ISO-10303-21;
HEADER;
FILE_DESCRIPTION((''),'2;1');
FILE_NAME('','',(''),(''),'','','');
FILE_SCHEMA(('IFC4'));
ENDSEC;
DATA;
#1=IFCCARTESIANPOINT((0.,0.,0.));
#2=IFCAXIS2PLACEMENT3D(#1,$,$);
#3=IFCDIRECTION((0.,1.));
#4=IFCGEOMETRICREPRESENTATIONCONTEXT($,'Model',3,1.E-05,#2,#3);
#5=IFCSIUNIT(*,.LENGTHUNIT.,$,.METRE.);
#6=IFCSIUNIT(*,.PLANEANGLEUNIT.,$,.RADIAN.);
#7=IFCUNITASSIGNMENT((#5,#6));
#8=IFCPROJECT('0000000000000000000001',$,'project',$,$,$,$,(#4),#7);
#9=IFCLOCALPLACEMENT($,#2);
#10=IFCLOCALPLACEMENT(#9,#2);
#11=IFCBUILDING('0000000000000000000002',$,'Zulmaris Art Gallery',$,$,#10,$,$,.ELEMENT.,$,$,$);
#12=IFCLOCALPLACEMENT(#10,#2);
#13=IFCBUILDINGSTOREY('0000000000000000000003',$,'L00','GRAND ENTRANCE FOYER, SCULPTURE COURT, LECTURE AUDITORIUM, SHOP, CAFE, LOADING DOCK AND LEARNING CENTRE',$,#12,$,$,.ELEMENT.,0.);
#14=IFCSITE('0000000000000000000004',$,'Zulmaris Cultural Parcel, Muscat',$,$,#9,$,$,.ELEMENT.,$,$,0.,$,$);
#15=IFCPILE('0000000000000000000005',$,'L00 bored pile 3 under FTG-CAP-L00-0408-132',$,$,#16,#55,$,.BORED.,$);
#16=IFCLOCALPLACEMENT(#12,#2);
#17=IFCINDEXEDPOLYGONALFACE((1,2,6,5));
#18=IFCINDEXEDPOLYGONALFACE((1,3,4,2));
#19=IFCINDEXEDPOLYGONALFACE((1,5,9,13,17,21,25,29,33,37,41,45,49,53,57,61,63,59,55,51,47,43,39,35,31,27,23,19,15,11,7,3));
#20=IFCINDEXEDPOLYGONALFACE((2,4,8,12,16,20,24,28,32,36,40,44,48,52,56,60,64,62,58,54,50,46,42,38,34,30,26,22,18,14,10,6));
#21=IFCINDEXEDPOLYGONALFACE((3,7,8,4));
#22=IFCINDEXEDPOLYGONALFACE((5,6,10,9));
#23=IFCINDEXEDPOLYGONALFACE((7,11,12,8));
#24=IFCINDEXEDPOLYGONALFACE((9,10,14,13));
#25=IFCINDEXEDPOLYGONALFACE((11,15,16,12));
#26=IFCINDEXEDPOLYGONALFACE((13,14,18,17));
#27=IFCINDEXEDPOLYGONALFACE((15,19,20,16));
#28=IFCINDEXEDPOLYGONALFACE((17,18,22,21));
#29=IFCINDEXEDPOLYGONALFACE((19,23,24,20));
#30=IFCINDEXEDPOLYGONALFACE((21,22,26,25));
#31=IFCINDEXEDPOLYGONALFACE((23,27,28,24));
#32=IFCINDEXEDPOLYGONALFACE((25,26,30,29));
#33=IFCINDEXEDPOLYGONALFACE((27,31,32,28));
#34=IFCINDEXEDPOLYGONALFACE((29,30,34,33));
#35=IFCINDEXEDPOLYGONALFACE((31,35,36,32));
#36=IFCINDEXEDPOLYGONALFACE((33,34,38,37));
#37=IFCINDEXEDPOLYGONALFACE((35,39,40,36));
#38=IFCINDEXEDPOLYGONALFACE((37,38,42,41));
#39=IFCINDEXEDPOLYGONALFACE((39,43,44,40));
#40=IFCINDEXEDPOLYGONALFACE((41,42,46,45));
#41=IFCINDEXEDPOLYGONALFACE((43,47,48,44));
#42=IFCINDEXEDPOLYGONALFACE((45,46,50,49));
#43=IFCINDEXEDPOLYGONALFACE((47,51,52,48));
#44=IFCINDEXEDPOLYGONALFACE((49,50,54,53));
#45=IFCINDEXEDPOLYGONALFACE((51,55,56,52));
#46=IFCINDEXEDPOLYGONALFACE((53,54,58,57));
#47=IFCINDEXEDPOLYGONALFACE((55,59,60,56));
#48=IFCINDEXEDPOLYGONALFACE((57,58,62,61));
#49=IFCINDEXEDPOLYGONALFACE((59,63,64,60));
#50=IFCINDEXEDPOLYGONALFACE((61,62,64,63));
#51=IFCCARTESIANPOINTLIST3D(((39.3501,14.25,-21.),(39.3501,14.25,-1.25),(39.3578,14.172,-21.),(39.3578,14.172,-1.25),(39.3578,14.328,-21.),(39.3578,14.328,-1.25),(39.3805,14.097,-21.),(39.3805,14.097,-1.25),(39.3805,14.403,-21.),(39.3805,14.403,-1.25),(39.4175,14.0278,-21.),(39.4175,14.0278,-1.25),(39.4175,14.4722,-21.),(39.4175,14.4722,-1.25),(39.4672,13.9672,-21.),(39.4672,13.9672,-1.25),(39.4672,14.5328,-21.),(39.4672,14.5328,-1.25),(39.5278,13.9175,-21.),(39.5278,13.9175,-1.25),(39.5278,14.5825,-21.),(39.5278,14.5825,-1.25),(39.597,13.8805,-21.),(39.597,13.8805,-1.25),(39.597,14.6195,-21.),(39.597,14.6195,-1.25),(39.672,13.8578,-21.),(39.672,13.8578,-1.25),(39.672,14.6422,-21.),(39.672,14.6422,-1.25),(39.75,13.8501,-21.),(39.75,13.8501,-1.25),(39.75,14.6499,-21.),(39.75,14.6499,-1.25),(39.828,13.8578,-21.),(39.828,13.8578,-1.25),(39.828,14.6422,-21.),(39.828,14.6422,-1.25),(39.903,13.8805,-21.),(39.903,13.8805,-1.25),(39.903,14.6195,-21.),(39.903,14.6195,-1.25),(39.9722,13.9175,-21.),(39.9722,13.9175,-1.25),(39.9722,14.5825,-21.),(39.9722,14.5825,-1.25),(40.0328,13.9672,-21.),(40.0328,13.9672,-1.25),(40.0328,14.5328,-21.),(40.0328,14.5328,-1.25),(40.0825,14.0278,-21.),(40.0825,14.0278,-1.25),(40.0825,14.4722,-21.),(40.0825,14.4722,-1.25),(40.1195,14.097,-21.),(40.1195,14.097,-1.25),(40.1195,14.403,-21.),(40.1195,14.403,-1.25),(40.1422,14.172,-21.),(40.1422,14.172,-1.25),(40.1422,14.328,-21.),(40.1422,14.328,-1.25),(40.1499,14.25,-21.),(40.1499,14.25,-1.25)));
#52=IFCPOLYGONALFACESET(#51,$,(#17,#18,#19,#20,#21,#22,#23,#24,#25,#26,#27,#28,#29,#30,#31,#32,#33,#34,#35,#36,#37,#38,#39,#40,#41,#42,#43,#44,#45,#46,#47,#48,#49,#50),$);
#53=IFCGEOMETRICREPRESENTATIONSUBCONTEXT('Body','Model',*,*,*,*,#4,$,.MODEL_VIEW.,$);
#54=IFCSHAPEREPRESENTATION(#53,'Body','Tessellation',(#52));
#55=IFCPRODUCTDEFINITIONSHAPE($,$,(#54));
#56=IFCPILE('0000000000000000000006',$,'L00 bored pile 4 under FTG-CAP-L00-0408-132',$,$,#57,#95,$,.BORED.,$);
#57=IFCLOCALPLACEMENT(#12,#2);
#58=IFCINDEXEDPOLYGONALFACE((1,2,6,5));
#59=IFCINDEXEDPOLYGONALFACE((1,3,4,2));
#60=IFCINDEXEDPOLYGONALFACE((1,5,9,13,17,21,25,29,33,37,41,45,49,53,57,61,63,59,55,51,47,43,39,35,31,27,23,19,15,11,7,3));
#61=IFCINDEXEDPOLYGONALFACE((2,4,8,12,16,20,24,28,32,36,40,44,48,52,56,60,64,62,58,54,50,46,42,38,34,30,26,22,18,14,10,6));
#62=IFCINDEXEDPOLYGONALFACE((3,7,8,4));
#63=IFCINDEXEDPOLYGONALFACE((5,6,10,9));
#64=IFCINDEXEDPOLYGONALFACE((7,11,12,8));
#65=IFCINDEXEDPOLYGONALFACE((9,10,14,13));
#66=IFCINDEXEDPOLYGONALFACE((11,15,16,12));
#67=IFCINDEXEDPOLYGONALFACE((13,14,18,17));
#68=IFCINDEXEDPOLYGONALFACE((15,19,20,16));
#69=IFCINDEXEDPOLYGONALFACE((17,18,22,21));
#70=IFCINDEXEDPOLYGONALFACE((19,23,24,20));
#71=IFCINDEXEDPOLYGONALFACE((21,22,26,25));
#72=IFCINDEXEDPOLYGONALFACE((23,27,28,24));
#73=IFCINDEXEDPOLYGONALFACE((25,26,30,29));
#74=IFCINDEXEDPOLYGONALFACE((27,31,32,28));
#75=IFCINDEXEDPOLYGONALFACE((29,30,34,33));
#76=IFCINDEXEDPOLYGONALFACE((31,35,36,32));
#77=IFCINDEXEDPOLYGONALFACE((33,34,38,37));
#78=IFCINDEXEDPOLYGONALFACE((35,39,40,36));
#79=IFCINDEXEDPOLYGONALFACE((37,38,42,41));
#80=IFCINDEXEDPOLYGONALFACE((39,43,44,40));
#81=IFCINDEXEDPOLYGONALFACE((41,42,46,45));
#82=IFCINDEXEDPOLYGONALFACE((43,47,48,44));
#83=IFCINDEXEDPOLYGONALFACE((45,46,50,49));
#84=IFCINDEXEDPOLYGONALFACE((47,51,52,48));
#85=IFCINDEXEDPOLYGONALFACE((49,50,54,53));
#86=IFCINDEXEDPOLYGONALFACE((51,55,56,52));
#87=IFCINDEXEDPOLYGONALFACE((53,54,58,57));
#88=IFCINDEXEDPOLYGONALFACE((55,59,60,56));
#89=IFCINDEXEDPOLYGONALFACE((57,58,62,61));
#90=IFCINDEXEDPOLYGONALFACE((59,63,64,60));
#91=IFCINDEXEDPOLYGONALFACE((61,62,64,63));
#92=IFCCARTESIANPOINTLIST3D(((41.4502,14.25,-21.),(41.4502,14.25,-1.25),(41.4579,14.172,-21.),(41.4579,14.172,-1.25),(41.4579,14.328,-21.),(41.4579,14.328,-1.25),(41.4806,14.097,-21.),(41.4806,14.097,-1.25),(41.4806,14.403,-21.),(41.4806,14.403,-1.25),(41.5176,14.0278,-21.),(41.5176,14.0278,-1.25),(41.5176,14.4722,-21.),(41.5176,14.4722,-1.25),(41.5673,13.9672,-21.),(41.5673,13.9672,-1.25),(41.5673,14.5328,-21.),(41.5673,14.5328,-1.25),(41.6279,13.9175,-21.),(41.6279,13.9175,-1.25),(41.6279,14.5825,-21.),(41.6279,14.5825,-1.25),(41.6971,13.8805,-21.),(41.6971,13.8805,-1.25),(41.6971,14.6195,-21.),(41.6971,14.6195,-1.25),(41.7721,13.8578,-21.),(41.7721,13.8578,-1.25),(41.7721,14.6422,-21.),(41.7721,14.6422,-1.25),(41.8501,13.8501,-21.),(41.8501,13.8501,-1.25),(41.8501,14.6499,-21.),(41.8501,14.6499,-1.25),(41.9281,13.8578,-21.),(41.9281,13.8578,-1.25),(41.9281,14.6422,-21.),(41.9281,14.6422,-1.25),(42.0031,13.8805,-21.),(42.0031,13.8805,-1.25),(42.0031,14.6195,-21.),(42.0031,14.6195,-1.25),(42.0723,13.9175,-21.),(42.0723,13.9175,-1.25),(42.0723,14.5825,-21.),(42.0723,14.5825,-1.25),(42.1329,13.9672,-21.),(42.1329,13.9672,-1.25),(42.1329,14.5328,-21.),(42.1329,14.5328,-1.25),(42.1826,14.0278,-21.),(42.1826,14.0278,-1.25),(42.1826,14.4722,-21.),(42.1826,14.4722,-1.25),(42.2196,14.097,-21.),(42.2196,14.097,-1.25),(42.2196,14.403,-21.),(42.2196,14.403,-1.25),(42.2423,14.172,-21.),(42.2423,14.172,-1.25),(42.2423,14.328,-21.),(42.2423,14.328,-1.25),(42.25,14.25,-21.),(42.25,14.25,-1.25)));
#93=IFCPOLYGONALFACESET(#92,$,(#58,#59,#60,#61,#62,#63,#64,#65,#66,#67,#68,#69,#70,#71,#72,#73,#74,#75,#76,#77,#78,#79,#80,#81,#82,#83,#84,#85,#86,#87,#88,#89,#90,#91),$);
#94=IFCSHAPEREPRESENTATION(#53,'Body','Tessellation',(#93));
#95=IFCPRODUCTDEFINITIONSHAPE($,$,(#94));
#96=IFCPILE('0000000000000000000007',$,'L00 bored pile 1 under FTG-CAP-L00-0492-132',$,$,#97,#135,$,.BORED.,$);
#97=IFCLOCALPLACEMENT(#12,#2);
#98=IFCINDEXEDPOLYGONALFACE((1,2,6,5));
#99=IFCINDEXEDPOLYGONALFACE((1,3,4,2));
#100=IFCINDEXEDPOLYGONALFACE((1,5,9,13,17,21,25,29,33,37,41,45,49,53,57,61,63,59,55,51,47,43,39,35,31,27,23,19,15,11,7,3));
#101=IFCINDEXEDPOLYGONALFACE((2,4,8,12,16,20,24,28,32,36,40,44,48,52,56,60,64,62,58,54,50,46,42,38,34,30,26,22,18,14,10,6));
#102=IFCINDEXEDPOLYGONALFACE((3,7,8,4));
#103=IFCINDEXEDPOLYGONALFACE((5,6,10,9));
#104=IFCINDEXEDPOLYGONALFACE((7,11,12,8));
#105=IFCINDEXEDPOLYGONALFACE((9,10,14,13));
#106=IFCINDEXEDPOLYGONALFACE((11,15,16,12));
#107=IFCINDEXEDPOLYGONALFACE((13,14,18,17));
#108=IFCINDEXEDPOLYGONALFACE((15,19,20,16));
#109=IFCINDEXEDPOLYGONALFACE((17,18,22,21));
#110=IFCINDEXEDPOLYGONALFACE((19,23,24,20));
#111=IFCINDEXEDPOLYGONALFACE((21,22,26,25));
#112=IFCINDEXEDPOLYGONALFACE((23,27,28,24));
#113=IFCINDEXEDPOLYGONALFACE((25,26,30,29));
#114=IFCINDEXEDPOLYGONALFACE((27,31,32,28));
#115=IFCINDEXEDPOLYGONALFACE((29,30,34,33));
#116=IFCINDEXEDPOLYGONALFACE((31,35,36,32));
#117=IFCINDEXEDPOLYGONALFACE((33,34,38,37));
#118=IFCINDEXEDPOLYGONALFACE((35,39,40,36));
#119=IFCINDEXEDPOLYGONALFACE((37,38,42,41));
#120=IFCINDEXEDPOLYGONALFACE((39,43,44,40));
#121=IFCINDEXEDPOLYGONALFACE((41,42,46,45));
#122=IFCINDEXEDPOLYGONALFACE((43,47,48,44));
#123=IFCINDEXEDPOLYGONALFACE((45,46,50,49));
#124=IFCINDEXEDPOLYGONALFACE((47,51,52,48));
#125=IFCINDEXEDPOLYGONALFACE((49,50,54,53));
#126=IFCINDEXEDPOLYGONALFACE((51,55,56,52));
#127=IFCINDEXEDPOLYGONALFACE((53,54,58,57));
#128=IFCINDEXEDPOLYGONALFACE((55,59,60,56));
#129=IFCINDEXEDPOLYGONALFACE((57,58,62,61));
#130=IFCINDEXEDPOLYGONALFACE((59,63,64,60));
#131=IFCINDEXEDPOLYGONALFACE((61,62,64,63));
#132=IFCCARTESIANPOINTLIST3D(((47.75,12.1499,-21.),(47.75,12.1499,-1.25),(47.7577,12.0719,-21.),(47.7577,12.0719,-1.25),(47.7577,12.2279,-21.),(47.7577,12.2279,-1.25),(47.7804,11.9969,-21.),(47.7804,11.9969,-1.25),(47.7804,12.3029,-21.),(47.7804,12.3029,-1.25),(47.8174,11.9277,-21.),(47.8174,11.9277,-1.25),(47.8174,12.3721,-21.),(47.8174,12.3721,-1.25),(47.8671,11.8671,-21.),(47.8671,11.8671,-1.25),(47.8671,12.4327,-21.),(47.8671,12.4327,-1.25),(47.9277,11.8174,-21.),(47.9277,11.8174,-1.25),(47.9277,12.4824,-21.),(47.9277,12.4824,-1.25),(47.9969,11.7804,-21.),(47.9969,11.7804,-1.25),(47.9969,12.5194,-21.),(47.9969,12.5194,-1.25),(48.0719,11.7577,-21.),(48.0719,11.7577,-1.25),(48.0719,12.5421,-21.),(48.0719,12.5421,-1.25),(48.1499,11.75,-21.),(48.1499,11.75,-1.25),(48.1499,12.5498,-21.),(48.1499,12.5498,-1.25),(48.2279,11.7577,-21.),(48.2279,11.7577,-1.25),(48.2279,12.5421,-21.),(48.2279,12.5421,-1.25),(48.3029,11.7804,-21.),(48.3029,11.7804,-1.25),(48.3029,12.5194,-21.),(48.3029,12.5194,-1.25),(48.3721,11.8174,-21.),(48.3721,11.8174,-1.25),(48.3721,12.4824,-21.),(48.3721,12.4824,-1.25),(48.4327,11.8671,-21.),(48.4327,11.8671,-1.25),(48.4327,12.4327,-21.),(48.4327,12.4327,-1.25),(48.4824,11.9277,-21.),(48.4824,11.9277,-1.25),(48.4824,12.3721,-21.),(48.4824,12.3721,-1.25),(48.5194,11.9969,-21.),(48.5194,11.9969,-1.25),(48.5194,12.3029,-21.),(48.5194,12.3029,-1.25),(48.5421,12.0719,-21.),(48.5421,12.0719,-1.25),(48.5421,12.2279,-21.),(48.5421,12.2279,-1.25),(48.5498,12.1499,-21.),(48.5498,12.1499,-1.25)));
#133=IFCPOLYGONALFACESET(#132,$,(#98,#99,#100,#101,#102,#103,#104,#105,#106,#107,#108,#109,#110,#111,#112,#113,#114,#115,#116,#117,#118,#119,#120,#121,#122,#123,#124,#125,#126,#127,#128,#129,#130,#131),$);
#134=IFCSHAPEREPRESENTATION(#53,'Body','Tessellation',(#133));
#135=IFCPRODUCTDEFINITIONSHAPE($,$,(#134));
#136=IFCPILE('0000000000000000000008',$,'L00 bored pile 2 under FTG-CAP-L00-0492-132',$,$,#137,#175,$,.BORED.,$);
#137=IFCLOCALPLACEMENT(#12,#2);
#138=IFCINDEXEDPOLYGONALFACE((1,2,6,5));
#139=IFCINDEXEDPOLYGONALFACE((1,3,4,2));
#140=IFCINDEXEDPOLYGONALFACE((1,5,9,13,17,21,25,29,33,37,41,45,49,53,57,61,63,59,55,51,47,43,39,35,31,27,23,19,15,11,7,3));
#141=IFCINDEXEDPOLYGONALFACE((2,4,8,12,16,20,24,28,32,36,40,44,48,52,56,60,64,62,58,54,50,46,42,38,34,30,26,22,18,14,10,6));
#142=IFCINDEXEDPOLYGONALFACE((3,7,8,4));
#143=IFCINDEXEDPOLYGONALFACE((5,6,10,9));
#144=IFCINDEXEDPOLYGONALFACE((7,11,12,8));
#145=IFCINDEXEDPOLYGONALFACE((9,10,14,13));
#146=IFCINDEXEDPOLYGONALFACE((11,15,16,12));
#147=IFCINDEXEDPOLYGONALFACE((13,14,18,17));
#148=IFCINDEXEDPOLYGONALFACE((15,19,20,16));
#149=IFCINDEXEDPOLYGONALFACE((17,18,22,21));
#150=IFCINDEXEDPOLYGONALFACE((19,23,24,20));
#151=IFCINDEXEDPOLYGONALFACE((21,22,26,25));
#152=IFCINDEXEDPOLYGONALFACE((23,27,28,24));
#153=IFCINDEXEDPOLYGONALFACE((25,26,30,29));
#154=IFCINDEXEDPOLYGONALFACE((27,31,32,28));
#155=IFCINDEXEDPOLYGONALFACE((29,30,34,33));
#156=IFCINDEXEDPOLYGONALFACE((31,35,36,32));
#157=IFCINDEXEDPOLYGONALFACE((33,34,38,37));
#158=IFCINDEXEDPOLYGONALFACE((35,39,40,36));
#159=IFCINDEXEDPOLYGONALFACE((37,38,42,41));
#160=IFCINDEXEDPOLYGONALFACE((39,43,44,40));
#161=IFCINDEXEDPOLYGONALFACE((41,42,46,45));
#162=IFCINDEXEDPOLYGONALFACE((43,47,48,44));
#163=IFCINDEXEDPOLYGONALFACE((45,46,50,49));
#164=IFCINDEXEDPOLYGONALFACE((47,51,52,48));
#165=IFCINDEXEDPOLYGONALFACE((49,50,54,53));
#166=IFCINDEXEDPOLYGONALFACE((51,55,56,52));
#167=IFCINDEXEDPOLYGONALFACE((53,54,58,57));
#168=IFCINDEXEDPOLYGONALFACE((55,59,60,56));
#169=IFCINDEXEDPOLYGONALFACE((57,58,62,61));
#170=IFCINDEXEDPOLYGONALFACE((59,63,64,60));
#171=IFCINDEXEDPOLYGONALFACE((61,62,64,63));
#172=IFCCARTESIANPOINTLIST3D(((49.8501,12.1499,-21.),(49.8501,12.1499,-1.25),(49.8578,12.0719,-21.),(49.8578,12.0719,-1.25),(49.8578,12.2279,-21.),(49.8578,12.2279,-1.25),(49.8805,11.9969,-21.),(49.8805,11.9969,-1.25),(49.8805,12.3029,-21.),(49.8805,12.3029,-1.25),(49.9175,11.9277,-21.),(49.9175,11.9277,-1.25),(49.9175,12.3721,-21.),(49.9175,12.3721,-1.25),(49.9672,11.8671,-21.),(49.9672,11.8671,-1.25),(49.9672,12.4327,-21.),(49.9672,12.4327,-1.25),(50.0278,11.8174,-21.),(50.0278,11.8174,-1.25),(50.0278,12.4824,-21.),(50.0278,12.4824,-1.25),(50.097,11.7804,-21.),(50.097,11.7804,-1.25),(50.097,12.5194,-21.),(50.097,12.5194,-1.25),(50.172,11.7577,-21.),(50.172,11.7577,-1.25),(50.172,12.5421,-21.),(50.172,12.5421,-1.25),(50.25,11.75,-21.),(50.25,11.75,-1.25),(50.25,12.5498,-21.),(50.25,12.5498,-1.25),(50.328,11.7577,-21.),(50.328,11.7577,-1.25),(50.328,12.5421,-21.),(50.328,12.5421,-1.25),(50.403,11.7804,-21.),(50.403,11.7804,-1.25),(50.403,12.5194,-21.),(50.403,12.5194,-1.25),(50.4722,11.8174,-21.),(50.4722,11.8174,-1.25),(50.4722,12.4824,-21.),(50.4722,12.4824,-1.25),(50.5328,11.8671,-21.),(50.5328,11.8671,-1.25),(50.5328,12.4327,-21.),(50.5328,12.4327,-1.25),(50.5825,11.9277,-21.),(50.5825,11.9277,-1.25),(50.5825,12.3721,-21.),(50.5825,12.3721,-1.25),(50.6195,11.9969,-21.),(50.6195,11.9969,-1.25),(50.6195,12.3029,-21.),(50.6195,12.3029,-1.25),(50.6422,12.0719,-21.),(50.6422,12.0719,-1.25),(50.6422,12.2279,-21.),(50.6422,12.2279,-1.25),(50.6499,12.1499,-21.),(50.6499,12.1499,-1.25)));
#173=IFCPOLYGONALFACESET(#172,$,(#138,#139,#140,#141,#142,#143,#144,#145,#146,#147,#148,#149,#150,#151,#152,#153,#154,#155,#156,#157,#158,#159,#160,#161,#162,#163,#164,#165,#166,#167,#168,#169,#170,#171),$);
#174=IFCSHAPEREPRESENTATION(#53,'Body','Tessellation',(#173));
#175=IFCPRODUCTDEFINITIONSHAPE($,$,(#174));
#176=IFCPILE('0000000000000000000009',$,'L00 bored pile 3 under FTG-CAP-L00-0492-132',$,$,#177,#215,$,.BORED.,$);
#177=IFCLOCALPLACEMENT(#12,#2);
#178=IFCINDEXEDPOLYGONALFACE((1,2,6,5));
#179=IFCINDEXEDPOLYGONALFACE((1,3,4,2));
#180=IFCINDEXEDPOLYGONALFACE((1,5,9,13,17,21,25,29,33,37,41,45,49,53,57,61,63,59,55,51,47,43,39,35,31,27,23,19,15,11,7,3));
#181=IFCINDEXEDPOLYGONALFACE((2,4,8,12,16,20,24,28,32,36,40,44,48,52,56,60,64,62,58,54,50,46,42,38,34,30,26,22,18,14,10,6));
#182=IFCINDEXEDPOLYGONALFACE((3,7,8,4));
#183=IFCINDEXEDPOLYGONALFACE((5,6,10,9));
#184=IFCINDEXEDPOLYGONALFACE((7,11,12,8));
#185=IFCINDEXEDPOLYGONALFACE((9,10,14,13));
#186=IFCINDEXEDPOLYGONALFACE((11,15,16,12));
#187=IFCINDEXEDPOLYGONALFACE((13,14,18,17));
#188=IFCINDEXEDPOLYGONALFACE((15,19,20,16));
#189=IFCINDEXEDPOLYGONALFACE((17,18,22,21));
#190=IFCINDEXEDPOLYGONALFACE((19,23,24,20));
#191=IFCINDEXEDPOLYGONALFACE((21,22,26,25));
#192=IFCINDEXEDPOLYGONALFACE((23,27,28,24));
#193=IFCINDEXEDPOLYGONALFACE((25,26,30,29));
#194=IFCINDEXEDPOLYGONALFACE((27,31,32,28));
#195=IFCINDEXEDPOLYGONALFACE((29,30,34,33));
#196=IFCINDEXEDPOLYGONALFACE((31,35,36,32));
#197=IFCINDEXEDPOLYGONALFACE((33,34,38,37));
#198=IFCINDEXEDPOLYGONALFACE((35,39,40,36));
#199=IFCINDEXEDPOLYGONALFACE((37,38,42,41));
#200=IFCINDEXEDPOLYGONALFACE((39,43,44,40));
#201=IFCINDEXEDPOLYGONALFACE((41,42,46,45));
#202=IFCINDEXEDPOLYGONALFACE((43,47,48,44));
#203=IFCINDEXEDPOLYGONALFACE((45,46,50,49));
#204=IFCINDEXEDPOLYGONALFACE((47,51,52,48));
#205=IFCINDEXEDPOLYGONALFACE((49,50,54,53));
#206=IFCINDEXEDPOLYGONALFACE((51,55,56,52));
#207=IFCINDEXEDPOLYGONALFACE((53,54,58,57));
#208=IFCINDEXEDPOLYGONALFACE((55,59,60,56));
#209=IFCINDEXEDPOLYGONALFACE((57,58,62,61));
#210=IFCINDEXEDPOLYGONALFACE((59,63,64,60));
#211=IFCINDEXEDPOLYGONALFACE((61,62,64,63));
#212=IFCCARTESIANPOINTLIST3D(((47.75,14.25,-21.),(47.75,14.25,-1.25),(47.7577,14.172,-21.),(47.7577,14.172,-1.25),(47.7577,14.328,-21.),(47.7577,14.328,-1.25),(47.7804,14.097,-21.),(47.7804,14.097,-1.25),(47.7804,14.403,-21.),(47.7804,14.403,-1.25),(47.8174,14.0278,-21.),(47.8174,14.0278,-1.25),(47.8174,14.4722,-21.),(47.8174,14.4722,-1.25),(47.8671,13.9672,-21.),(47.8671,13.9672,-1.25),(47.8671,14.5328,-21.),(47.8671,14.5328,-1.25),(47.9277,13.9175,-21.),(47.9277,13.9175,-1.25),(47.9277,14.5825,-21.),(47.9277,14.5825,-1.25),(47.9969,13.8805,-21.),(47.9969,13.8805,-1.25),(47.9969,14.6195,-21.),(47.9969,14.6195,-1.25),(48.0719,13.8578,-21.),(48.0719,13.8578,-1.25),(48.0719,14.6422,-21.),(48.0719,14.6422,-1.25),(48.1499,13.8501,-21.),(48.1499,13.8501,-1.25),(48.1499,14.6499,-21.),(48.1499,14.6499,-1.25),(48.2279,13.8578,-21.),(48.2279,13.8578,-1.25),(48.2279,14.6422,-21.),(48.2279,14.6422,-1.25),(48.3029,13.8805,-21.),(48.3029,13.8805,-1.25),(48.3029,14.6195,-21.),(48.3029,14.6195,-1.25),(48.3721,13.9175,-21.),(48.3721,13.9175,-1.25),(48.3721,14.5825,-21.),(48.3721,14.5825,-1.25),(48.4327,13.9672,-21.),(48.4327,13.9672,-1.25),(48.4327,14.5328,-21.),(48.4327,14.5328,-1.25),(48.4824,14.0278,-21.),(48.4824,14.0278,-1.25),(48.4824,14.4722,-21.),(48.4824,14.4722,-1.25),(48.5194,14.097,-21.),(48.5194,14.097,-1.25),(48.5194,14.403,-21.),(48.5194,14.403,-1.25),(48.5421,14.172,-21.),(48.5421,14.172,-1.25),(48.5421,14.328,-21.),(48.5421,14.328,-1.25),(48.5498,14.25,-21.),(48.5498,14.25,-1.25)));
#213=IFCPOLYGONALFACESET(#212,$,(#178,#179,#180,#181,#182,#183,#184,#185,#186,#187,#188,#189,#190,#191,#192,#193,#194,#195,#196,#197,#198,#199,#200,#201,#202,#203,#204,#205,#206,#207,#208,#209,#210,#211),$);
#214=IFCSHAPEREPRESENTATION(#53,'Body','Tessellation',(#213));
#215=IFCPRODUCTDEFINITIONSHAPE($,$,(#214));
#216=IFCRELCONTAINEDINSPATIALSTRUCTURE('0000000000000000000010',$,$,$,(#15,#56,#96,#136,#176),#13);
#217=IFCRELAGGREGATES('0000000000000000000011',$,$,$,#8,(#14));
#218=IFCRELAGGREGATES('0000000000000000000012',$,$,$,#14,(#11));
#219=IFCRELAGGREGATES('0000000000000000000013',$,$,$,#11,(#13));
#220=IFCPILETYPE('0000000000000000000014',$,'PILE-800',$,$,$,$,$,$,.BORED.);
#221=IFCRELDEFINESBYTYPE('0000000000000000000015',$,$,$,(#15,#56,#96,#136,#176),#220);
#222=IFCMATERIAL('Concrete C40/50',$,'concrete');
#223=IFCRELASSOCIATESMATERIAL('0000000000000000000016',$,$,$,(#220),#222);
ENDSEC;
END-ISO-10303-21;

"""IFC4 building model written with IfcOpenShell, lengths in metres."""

from ifc_helpers import new_model, si_unit, direction, frame, origin, origin_2d, place, context, subcontext, project, spatial, circle, extrude, material, material_profile, profile_set, type_object, element, save


model = new_model("IFC4")

# Units and contexts
model_context = context("Model", 3, precision=1e-05, world=origin(), true_north=direction((0.0, 1.0)))
body_context = subcontext(model_context, "Body", "Model", "MODEL_VIEW")
ifc_project = project(units=[si_unit("LENGTHUNIT", "METRE"), si_unit("PLANEANGLEUNIT", "RADIAN")], contexts=[model_context])

# Site, building, storey
site_placement = place(None, origin())
site = spatial("IfcSite", under=ifc_project, at=site_placement, Name="Zulmaris Cultural Parcel, Muscat", CompositionType="ELEMENT", RefElevation=0.0)
building_placement = place(site_placement, origin())
building = spatial("IfcBuilding", under=site, at=building_placement, Name="Zulmaris Art Gallery", CompositionType="ELEMENT")
storey_placement = place(building_placement, origin())
storey = spatial("IfcBuildingStorey", under=building, at=storey_placement, Name="L00", Description="GRAND ENTRANCE FOYER, SCULPTURE COURT, LECTURE AUDITORIUM, SHOP, CAFE, LOADING DOCK AND LEARNING CENTRE", CompositionType="ELEMENT", Elevation=0.0)

# Piles
ifc_material_1 = material(Name="Concrete C40/50", Category="concrete")
ifc_material_profile_1 = material_profile(ifc_material_1, circle(Radius=0.3999, at=origin_2d()), Name="PILE DIA 800")
ifc_profile_set_1 = profile_set([ifc_material_profile_1], Name="Concrete C40/50")
pile_type_1 = type_object("IfcPileType", Name="PILE-800", PredefinedType="BORED", material=ifc_profile_set_1)
for number, where, z_axis, x_axis, name in (
    (1, (39.75, 14.25, -1.25), (0.0, 0.0, -1.0), (1.0, 0.0, 0.0), "L00 bored pile 3 under FTG-CAP-L00-0408-132"),
    (2, (41.8501, 14.25, -1.25), (0.0, 0.0, -1.0), (1.0, 0.0, 0.0), "L00 bored pile 4 under FTG-CAP-L00-0408-132"),
    (3, (48.1499, 12.1499, -1.25), (0.0, 0.0, -1.0), (1.0, 0.0, 0.0), "L00 bored pile 1 under FTG-CAP-L00-0492-132"),
    (4, (50.25, 12.1499, -1.25), (0.0, 0.0, -1.0), (1.0, 0.0, 0.0), "L00 bored pile 2 under FTG-CAP-L00-0492-132"),
    (5, (48.1499, 14.25, -1.25), (0.0, 0.0, -1.0), (1.0, 0.0, 0.0), "L00 bored pile 3 under FTG-CAP-L00-0492-132"),
):
    element("IfcPile", number, at=place(storey_placement, frame(where, z_axis=z_axis, x_axis=x_axis)), inside=storey, type_object=pile_type_1, Name=name, PredefinedType="BORED", context=body_context, shape_type="SweptSolid", body=[
        extrude(circle(Radius=0.3999, at=origin_2d()), origin(), (0.0, 0.0, 1.0), 19.75),
    ])

save(model, "model.ifc")
